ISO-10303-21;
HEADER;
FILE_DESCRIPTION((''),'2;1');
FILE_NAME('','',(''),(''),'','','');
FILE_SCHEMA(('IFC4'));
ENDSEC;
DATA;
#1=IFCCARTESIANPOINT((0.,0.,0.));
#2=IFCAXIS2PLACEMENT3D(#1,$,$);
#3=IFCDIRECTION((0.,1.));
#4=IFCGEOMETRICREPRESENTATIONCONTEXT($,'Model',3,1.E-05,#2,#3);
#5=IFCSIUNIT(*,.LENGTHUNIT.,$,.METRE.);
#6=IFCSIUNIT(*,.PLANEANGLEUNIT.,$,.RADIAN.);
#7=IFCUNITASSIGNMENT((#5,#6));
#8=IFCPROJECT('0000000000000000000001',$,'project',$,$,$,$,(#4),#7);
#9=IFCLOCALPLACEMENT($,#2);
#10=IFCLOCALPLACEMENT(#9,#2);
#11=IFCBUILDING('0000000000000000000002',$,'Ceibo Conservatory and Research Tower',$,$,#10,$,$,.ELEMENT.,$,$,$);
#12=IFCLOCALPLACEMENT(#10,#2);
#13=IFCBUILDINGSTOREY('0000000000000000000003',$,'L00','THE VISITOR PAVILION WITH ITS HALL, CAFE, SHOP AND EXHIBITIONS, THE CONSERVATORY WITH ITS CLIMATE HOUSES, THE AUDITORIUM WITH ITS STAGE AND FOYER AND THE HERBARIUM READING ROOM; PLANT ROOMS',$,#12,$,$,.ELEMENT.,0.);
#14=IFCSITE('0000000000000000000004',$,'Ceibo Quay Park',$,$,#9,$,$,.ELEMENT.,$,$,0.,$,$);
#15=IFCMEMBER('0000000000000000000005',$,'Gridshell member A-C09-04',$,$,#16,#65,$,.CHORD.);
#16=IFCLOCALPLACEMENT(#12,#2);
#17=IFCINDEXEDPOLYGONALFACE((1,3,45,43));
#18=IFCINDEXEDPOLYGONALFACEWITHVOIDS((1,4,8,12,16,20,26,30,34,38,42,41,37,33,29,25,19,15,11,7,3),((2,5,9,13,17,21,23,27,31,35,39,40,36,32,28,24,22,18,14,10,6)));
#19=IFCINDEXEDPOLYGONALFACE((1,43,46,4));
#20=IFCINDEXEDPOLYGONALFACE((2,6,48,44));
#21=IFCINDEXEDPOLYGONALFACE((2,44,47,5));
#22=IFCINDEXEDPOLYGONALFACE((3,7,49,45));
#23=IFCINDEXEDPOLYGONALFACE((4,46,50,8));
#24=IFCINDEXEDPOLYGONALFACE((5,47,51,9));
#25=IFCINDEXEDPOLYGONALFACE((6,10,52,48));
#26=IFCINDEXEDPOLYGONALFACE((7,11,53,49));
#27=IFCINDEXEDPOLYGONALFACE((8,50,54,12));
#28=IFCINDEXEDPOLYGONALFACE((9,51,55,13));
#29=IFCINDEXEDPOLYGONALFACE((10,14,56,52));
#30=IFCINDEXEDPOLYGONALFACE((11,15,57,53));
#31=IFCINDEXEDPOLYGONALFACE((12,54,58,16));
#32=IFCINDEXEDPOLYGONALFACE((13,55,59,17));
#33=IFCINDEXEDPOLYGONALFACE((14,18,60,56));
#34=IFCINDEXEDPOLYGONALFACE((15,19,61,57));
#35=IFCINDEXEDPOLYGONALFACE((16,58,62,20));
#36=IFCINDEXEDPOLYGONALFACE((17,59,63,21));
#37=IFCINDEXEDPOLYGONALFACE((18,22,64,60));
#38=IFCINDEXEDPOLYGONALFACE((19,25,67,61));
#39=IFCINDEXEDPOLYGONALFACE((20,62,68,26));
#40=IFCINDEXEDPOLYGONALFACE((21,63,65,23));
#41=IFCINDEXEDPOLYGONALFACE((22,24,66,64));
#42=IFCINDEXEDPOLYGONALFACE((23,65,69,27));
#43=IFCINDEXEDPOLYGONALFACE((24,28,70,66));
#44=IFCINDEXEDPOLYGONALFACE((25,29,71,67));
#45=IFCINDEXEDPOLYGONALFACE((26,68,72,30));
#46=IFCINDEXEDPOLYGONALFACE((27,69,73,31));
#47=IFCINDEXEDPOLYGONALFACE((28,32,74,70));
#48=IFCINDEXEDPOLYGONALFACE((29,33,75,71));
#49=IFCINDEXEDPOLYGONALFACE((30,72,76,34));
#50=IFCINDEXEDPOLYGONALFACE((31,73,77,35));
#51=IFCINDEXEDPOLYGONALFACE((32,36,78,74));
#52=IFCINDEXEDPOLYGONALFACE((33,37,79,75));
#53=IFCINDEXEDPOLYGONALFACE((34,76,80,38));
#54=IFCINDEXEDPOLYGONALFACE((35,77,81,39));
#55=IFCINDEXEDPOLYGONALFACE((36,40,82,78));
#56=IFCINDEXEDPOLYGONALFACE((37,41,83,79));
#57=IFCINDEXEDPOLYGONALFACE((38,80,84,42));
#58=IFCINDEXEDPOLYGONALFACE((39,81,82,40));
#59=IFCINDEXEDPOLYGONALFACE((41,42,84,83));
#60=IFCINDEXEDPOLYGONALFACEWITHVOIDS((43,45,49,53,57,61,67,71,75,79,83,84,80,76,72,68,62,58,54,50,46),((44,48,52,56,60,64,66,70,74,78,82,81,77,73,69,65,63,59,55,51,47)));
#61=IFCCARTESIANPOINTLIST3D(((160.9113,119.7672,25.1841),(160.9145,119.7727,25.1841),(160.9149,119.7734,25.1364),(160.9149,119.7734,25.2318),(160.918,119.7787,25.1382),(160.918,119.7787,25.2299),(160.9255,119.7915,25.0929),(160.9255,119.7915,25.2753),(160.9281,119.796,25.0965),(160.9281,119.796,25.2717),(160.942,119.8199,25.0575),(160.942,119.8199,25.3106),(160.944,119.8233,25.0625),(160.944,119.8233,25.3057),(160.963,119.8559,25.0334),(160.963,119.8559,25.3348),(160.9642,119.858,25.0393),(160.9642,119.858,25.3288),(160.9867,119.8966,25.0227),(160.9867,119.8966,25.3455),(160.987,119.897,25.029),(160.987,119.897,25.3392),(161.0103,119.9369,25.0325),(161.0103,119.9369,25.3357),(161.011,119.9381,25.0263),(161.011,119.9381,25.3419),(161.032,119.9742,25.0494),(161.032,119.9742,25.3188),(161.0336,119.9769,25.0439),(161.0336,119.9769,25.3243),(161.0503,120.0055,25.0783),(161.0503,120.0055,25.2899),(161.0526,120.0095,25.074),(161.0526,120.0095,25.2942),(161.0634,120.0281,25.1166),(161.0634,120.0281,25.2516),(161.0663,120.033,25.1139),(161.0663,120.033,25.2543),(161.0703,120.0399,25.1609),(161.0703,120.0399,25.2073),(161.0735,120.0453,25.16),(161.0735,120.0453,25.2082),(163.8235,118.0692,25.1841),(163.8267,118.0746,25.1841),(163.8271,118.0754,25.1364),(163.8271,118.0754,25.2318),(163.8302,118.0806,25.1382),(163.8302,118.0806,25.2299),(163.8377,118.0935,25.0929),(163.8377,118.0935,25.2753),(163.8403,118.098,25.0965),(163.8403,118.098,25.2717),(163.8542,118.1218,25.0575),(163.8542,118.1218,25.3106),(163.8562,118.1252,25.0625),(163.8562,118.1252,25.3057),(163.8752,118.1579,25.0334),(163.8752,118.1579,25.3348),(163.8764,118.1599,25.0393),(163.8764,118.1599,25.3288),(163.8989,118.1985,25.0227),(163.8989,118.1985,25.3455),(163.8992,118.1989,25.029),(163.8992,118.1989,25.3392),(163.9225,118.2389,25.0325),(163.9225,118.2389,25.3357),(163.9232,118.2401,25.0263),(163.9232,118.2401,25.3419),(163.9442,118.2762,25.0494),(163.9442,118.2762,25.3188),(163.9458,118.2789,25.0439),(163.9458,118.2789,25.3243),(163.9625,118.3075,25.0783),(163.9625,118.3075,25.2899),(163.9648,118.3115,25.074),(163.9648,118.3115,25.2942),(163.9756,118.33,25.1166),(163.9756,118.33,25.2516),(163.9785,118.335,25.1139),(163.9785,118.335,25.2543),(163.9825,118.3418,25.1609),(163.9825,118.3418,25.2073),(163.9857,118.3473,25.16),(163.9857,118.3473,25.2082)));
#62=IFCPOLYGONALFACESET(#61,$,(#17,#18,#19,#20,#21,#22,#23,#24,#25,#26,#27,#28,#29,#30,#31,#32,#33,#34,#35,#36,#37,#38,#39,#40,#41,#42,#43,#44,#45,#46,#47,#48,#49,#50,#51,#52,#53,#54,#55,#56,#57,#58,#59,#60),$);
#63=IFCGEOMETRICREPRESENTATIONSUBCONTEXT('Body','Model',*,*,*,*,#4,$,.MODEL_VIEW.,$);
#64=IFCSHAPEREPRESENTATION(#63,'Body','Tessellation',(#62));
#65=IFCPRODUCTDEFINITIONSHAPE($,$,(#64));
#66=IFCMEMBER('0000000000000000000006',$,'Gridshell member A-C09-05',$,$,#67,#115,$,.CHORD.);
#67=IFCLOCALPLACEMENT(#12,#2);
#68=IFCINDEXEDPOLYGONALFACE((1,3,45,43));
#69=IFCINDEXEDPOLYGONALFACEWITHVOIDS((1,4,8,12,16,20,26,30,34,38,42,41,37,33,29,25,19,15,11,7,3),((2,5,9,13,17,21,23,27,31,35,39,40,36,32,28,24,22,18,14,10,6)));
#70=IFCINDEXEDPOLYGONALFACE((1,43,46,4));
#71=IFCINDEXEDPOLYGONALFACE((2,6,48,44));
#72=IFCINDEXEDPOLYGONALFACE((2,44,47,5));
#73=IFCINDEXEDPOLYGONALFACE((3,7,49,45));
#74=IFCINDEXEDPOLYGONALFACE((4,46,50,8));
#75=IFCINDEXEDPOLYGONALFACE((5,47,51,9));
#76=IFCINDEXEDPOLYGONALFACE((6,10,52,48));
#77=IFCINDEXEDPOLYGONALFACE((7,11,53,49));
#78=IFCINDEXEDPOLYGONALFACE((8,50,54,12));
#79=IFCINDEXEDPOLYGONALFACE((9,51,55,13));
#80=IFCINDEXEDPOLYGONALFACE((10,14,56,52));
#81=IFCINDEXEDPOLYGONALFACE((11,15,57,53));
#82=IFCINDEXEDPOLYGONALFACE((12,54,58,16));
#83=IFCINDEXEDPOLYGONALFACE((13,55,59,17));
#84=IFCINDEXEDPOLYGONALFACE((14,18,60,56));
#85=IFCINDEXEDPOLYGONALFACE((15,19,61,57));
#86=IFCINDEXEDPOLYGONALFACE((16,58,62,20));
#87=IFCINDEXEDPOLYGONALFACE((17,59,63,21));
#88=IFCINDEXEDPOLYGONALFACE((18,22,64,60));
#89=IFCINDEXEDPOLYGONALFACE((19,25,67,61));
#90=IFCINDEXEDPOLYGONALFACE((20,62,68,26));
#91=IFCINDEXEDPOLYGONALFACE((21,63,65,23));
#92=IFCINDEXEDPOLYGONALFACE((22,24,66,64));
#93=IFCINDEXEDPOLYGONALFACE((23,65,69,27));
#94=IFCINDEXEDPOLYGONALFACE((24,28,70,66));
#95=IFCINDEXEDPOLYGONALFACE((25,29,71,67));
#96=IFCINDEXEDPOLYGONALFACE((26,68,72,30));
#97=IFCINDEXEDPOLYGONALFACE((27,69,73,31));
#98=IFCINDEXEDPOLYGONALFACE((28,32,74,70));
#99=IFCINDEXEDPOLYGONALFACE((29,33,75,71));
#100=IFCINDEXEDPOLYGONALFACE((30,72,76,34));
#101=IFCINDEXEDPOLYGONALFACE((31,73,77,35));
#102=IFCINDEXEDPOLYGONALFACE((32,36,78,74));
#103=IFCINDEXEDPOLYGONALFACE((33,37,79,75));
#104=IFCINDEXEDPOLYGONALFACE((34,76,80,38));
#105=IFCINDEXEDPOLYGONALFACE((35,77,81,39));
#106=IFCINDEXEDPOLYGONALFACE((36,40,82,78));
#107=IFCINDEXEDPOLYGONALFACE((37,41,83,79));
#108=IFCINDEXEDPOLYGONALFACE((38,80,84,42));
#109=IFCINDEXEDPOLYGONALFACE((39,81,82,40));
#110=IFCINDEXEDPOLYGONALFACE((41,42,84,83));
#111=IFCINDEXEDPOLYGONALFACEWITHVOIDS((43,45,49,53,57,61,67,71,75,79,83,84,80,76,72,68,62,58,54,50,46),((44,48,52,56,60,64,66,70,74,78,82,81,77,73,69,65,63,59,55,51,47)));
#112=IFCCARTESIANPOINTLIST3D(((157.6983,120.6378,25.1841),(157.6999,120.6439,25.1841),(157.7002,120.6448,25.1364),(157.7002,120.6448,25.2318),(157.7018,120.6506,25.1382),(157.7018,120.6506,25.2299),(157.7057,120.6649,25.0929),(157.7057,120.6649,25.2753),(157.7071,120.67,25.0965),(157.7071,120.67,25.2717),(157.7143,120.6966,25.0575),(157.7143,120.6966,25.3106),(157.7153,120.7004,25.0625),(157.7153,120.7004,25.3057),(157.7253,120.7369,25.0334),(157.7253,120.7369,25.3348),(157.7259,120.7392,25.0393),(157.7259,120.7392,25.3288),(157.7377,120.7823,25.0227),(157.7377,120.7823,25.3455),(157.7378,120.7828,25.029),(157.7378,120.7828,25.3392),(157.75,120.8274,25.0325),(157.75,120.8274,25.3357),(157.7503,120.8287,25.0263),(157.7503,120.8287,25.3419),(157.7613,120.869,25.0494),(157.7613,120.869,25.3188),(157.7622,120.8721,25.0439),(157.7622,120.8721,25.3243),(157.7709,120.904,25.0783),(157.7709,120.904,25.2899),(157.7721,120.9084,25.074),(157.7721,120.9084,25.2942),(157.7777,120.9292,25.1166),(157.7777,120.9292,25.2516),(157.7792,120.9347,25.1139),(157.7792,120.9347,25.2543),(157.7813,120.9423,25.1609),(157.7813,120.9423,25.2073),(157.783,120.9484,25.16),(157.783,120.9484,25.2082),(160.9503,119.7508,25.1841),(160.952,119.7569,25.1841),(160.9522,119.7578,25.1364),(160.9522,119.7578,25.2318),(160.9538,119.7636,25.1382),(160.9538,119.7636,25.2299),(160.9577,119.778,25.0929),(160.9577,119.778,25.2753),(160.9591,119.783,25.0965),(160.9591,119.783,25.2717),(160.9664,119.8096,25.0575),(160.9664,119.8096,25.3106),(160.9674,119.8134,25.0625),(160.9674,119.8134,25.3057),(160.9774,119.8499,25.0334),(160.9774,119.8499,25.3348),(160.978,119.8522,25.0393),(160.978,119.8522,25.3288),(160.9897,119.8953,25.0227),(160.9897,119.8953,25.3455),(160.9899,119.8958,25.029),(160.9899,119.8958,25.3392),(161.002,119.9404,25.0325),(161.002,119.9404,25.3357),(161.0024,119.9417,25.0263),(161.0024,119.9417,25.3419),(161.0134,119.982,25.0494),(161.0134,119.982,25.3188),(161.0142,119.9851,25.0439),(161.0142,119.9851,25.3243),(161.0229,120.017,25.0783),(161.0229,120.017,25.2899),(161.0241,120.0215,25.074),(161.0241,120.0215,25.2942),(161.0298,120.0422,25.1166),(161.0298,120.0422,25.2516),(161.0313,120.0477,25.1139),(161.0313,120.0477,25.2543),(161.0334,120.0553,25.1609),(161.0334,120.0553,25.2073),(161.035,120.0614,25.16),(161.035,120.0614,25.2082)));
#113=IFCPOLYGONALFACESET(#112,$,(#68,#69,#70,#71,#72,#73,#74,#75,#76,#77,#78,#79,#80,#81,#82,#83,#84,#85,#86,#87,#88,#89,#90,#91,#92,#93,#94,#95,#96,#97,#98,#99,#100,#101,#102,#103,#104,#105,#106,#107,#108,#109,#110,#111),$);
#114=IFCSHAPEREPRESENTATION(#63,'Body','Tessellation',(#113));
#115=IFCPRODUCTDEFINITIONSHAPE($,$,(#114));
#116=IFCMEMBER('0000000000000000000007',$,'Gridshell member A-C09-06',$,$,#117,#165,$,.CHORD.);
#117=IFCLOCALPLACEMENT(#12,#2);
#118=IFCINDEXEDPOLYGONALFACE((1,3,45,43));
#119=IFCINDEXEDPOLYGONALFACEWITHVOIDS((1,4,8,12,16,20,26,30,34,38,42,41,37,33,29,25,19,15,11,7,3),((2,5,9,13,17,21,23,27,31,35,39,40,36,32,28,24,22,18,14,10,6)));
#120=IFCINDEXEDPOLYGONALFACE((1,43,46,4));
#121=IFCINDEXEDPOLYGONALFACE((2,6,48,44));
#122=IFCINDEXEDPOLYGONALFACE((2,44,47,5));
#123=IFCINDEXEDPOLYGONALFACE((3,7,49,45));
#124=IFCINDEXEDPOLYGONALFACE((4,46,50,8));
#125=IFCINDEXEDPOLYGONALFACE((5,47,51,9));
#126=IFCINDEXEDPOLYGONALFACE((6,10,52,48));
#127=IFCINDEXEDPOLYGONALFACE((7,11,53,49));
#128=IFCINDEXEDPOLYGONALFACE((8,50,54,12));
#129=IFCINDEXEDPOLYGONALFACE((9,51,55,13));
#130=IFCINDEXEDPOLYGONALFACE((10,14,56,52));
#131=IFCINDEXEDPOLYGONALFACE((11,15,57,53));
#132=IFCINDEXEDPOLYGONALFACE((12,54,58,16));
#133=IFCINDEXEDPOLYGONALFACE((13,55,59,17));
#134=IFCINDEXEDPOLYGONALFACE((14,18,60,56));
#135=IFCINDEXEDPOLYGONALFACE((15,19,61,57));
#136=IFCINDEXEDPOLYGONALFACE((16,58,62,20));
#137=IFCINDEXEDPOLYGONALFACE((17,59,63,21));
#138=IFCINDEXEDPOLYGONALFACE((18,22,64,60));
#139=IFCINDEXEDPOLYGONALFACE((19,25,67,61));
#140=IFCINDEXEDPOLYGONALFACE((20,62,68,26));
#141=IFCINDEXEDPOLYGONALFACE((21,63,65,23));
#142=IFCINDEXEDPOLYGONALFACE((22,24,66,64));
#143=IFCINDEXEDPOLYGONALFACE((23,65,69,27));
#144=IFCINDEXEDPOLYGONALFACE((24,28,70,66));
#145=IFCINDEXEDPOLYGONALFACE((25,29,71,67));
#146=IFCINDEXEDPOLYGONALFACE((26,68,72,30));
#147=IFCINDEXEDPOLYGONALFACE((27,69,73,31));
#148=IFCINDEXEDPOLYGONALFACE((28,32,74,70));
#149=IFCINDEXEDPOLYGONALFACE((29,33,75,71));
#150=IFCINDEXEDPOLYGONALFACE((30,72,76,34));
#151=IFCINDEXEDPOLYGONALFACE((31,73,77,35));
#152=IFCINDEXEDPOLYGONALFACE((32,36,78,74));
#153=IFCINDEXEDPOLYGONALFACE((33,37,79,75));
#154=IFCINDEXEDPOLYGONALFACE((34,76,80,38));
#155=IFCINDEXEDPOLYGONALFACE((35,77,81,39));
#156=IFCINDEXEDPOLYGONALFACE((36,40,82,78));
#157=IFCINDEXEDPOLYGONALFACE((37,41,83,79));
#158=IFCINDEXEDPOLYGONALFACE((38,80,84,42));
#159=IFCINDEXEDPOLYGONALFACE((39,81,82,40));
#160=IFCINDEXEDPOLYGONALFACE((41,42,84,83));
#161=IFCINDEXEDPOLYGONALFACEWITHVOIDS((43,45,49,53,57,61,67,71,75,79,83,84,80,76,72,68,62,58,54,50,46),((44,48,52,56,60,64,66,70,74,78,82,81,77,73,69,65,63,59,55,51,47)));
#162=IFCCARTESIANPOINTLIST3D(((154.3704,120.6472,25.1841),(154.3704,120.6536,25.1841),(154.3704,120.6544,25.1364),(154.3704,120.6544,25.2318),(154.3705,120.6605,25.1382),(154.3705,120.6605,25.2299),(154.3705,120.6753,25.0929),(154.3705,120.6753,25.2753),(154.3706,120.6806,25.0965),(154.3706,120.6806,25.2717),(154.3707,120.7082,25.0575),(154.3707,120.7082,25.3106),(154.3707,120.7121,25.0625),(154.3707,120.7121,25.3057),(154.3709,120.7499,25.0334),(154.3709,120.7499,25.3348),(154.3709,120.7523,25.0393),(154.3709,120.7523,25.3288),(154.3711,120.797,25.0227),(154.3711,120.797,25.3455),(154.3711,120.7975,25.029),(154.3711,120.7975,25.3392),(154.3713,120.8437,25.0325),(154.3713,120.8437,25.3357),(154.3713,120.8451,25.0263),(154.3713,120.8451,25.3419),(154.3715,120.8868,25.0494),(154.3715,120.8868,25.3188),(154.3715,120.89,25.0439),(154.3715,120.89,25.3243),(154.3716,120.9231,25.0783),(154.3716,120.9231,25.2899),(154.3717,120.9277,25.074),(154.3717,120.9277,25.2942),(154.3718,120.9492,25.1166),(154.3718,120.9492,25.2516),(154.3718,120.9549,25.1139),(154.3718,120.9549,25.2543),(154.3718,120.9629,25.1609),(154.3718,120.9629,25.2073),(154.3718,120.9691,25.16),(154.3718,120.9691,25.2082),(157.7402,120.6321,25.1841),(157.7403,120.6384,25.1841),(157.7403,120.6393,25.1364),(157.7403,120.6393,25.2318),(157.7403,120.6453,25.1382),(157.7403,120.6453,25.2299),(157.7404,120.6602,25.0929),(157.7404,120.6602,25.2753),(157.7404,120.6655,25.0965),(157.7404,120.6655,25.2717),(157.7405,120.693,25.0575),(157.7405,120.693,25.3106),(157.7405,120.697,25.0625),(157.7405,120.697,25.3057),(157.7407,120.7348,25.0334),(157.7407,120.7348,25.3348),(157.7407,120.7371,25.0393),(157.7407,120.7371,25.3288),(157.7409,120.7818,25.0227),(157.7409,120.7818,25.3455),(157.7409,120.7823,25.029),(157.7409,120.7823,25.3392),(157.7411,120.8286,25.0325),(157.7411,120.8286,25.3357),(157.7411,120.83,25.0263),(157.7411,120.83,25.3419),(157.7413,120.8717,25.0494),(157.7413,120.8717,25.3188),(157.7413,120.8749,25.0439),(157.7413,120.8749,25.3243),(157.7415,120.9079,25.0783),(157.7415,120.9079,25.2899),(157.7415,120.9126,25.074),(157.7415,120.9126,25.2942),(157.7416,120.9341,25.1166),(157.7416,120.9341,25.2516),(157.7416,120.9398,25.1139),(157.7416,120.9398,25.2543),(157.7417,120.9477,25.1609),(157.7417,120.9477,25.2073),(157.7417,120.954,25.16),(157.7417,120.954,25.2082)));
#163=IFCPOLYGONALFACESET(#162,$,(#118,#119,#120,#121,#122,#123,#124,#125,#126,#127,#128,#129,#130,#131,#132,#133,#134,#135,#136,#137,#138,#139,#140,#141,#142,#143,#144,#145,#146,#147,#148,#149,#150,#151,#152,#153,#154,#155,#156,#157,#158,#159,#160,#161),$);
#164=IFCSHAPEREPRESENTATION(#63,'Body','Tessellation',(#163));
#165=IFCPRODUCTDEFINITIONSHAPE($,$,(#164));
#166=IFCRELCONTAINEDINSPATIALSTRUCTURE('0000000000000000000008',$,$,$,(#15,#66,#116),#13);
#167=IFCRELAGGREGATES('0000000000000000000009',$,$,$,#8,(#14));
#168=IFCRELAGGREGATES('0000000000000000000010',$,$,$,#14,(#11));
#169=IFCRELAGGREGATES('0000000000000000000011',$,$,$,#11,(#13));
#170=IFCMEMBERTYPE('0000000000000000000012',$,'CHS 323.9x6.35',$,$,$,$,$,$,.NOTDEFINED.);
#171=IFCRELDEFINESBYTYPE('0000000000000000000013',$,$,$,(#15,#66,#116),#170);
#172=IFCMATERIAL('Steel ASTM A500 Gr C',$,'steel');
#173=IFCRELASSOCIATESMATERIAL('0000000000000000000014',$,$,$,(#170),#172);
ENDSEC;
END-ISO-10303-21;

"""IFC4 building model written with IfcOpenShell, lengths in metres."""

from ifc_helpers import new_model, si_unit, direction, frame, origin, origin_2d, place, context, subcontext, project, spatial, hollow_circle, extrude, material, material_profile, profile_set, type_object, element, save


model = new_model("IFC4")

# Units and contexts
model_context = context("Model", 3, precision=1e-05, world=origin(), true_north=direction((0.0, 1.0)))
body_context = subcontext(model_context, "Body", "Model", "MODEL_VIEW")
ifc_project = project(units=[si_unit("LENGTHUNIT", "METRE"), si_unit("PLANEANGLEUNIT", "RADIAN")], contexts=[model_context])

# Site, building, storey
site_placement = place(None, origin())
site = spatial("IfcSite", under=ifc_project, at=site_placement, Name="Ceibo Quay Park", CompositionType="ELEMENT", RefElevation=0.0)
building_placement = place(site_placement, origin())
building = spatial("IfcBuilding", under=site, at=building_placement, Name="Ceibo Conservatory and Research Tower", CompositionType="ELEMENT")
storey_placement = place(building_placement, origin())
storey = spatial("IfcBuildingStorey", under=building, at=storey_placement, Name="L00", Description="THE VISITOR PAVILION WITH ITS HALL, CAFE, SHOP AND EXHIBITIONS, THE CONSERVATORY WITH ITS CLIMATE HOUSES, THE AUDITORIUM WITH ITS STAGE AND FOYER AND THE HERBARIUM READING ROOM; PLANT ROOMS", CompositionType="ELEMENT", Elevation=0.0)

# Members
ifc_material_1 = material(Name="Steel ASTM A500 Gr C", Category="steel")
ifc_material_profile_1 = material_profile(ifc_material_1, hollow_circle(Radius=0.1619, WallThickness=0.0063, at=origin_2d()), Name="CHS 323.9x6.35")
ifc_profile_set_1 = profile_set([ifc_material_profile_1], Name="Steel ASTM A500 Gr C")
member_type_1 = type_object("IfcMemberType", Name="CHS 323.9x6.35", PredefinedType="NOTDEFINED", material=ifc_profile_set_1)
member_1_placement = place(storey_placement, frame((163.905, 118.209, 25.1841), z_axis=(-0.863873, 0.503709, 0.0), x_axis=(-0.503709, -0.863873, 0.0)))
element("IfcMember", 1, at=member_1_placement, inside=storey, type_object=member_type_1, Name="Gridshell member A-C09-04", PredefinedType="CHORD", context=body_context, shape_type="SweptSolid", body=[
    extrude(hollow_circle(Radius=0.1619, WallThickness=0.0063, at=origin_2d()), origin(), (0.0, 0.0, 1.0), 3.3711),
])
member_2_placement = place(storey_placement, frame((160.9929, 119.907, 25.1841), z_axis=(-0.964759, 0.263136, 0.0), x_axis=(-0.263136, -0.964759, 0.0)))
element("IfcMember", 2, at=member_2_placement, inside=storey, type_object=member_type_1, Name="Gridshell member A-C09-05", PredefinedType="CHORD", context=body_context, shape_type="SweptSolid", body=[
    extrude(hollow_circle(Radius=0.1619, WallThickness=0.0063, at=origin_2d()), origin(), (0.0, 0.0, 1.0), 3.3708),
])
member_3_placement = place(storey_placement, frame((157.741, 120.7939, 25.1841), z_axis=(-0.99999, 0.004492, 0.0), x_axis=(-0.004492, -0.99999, 0.0)))
element("IfcMember", 3, at=member_3_placement, inside=storey, type_object=member_type_1, Name="Gridshell member A-C09-06", PredefinedType="CHORD", context=body_context, shape_type="SweptSolid", body=[
    extrude(hollow_circle(Radius=0.1619, WallThickness=0.0063, at=origin_2d()), origin(), (0.0, 0.0, 1.0), 3.3699),
])

save(model, "model.ifc")
